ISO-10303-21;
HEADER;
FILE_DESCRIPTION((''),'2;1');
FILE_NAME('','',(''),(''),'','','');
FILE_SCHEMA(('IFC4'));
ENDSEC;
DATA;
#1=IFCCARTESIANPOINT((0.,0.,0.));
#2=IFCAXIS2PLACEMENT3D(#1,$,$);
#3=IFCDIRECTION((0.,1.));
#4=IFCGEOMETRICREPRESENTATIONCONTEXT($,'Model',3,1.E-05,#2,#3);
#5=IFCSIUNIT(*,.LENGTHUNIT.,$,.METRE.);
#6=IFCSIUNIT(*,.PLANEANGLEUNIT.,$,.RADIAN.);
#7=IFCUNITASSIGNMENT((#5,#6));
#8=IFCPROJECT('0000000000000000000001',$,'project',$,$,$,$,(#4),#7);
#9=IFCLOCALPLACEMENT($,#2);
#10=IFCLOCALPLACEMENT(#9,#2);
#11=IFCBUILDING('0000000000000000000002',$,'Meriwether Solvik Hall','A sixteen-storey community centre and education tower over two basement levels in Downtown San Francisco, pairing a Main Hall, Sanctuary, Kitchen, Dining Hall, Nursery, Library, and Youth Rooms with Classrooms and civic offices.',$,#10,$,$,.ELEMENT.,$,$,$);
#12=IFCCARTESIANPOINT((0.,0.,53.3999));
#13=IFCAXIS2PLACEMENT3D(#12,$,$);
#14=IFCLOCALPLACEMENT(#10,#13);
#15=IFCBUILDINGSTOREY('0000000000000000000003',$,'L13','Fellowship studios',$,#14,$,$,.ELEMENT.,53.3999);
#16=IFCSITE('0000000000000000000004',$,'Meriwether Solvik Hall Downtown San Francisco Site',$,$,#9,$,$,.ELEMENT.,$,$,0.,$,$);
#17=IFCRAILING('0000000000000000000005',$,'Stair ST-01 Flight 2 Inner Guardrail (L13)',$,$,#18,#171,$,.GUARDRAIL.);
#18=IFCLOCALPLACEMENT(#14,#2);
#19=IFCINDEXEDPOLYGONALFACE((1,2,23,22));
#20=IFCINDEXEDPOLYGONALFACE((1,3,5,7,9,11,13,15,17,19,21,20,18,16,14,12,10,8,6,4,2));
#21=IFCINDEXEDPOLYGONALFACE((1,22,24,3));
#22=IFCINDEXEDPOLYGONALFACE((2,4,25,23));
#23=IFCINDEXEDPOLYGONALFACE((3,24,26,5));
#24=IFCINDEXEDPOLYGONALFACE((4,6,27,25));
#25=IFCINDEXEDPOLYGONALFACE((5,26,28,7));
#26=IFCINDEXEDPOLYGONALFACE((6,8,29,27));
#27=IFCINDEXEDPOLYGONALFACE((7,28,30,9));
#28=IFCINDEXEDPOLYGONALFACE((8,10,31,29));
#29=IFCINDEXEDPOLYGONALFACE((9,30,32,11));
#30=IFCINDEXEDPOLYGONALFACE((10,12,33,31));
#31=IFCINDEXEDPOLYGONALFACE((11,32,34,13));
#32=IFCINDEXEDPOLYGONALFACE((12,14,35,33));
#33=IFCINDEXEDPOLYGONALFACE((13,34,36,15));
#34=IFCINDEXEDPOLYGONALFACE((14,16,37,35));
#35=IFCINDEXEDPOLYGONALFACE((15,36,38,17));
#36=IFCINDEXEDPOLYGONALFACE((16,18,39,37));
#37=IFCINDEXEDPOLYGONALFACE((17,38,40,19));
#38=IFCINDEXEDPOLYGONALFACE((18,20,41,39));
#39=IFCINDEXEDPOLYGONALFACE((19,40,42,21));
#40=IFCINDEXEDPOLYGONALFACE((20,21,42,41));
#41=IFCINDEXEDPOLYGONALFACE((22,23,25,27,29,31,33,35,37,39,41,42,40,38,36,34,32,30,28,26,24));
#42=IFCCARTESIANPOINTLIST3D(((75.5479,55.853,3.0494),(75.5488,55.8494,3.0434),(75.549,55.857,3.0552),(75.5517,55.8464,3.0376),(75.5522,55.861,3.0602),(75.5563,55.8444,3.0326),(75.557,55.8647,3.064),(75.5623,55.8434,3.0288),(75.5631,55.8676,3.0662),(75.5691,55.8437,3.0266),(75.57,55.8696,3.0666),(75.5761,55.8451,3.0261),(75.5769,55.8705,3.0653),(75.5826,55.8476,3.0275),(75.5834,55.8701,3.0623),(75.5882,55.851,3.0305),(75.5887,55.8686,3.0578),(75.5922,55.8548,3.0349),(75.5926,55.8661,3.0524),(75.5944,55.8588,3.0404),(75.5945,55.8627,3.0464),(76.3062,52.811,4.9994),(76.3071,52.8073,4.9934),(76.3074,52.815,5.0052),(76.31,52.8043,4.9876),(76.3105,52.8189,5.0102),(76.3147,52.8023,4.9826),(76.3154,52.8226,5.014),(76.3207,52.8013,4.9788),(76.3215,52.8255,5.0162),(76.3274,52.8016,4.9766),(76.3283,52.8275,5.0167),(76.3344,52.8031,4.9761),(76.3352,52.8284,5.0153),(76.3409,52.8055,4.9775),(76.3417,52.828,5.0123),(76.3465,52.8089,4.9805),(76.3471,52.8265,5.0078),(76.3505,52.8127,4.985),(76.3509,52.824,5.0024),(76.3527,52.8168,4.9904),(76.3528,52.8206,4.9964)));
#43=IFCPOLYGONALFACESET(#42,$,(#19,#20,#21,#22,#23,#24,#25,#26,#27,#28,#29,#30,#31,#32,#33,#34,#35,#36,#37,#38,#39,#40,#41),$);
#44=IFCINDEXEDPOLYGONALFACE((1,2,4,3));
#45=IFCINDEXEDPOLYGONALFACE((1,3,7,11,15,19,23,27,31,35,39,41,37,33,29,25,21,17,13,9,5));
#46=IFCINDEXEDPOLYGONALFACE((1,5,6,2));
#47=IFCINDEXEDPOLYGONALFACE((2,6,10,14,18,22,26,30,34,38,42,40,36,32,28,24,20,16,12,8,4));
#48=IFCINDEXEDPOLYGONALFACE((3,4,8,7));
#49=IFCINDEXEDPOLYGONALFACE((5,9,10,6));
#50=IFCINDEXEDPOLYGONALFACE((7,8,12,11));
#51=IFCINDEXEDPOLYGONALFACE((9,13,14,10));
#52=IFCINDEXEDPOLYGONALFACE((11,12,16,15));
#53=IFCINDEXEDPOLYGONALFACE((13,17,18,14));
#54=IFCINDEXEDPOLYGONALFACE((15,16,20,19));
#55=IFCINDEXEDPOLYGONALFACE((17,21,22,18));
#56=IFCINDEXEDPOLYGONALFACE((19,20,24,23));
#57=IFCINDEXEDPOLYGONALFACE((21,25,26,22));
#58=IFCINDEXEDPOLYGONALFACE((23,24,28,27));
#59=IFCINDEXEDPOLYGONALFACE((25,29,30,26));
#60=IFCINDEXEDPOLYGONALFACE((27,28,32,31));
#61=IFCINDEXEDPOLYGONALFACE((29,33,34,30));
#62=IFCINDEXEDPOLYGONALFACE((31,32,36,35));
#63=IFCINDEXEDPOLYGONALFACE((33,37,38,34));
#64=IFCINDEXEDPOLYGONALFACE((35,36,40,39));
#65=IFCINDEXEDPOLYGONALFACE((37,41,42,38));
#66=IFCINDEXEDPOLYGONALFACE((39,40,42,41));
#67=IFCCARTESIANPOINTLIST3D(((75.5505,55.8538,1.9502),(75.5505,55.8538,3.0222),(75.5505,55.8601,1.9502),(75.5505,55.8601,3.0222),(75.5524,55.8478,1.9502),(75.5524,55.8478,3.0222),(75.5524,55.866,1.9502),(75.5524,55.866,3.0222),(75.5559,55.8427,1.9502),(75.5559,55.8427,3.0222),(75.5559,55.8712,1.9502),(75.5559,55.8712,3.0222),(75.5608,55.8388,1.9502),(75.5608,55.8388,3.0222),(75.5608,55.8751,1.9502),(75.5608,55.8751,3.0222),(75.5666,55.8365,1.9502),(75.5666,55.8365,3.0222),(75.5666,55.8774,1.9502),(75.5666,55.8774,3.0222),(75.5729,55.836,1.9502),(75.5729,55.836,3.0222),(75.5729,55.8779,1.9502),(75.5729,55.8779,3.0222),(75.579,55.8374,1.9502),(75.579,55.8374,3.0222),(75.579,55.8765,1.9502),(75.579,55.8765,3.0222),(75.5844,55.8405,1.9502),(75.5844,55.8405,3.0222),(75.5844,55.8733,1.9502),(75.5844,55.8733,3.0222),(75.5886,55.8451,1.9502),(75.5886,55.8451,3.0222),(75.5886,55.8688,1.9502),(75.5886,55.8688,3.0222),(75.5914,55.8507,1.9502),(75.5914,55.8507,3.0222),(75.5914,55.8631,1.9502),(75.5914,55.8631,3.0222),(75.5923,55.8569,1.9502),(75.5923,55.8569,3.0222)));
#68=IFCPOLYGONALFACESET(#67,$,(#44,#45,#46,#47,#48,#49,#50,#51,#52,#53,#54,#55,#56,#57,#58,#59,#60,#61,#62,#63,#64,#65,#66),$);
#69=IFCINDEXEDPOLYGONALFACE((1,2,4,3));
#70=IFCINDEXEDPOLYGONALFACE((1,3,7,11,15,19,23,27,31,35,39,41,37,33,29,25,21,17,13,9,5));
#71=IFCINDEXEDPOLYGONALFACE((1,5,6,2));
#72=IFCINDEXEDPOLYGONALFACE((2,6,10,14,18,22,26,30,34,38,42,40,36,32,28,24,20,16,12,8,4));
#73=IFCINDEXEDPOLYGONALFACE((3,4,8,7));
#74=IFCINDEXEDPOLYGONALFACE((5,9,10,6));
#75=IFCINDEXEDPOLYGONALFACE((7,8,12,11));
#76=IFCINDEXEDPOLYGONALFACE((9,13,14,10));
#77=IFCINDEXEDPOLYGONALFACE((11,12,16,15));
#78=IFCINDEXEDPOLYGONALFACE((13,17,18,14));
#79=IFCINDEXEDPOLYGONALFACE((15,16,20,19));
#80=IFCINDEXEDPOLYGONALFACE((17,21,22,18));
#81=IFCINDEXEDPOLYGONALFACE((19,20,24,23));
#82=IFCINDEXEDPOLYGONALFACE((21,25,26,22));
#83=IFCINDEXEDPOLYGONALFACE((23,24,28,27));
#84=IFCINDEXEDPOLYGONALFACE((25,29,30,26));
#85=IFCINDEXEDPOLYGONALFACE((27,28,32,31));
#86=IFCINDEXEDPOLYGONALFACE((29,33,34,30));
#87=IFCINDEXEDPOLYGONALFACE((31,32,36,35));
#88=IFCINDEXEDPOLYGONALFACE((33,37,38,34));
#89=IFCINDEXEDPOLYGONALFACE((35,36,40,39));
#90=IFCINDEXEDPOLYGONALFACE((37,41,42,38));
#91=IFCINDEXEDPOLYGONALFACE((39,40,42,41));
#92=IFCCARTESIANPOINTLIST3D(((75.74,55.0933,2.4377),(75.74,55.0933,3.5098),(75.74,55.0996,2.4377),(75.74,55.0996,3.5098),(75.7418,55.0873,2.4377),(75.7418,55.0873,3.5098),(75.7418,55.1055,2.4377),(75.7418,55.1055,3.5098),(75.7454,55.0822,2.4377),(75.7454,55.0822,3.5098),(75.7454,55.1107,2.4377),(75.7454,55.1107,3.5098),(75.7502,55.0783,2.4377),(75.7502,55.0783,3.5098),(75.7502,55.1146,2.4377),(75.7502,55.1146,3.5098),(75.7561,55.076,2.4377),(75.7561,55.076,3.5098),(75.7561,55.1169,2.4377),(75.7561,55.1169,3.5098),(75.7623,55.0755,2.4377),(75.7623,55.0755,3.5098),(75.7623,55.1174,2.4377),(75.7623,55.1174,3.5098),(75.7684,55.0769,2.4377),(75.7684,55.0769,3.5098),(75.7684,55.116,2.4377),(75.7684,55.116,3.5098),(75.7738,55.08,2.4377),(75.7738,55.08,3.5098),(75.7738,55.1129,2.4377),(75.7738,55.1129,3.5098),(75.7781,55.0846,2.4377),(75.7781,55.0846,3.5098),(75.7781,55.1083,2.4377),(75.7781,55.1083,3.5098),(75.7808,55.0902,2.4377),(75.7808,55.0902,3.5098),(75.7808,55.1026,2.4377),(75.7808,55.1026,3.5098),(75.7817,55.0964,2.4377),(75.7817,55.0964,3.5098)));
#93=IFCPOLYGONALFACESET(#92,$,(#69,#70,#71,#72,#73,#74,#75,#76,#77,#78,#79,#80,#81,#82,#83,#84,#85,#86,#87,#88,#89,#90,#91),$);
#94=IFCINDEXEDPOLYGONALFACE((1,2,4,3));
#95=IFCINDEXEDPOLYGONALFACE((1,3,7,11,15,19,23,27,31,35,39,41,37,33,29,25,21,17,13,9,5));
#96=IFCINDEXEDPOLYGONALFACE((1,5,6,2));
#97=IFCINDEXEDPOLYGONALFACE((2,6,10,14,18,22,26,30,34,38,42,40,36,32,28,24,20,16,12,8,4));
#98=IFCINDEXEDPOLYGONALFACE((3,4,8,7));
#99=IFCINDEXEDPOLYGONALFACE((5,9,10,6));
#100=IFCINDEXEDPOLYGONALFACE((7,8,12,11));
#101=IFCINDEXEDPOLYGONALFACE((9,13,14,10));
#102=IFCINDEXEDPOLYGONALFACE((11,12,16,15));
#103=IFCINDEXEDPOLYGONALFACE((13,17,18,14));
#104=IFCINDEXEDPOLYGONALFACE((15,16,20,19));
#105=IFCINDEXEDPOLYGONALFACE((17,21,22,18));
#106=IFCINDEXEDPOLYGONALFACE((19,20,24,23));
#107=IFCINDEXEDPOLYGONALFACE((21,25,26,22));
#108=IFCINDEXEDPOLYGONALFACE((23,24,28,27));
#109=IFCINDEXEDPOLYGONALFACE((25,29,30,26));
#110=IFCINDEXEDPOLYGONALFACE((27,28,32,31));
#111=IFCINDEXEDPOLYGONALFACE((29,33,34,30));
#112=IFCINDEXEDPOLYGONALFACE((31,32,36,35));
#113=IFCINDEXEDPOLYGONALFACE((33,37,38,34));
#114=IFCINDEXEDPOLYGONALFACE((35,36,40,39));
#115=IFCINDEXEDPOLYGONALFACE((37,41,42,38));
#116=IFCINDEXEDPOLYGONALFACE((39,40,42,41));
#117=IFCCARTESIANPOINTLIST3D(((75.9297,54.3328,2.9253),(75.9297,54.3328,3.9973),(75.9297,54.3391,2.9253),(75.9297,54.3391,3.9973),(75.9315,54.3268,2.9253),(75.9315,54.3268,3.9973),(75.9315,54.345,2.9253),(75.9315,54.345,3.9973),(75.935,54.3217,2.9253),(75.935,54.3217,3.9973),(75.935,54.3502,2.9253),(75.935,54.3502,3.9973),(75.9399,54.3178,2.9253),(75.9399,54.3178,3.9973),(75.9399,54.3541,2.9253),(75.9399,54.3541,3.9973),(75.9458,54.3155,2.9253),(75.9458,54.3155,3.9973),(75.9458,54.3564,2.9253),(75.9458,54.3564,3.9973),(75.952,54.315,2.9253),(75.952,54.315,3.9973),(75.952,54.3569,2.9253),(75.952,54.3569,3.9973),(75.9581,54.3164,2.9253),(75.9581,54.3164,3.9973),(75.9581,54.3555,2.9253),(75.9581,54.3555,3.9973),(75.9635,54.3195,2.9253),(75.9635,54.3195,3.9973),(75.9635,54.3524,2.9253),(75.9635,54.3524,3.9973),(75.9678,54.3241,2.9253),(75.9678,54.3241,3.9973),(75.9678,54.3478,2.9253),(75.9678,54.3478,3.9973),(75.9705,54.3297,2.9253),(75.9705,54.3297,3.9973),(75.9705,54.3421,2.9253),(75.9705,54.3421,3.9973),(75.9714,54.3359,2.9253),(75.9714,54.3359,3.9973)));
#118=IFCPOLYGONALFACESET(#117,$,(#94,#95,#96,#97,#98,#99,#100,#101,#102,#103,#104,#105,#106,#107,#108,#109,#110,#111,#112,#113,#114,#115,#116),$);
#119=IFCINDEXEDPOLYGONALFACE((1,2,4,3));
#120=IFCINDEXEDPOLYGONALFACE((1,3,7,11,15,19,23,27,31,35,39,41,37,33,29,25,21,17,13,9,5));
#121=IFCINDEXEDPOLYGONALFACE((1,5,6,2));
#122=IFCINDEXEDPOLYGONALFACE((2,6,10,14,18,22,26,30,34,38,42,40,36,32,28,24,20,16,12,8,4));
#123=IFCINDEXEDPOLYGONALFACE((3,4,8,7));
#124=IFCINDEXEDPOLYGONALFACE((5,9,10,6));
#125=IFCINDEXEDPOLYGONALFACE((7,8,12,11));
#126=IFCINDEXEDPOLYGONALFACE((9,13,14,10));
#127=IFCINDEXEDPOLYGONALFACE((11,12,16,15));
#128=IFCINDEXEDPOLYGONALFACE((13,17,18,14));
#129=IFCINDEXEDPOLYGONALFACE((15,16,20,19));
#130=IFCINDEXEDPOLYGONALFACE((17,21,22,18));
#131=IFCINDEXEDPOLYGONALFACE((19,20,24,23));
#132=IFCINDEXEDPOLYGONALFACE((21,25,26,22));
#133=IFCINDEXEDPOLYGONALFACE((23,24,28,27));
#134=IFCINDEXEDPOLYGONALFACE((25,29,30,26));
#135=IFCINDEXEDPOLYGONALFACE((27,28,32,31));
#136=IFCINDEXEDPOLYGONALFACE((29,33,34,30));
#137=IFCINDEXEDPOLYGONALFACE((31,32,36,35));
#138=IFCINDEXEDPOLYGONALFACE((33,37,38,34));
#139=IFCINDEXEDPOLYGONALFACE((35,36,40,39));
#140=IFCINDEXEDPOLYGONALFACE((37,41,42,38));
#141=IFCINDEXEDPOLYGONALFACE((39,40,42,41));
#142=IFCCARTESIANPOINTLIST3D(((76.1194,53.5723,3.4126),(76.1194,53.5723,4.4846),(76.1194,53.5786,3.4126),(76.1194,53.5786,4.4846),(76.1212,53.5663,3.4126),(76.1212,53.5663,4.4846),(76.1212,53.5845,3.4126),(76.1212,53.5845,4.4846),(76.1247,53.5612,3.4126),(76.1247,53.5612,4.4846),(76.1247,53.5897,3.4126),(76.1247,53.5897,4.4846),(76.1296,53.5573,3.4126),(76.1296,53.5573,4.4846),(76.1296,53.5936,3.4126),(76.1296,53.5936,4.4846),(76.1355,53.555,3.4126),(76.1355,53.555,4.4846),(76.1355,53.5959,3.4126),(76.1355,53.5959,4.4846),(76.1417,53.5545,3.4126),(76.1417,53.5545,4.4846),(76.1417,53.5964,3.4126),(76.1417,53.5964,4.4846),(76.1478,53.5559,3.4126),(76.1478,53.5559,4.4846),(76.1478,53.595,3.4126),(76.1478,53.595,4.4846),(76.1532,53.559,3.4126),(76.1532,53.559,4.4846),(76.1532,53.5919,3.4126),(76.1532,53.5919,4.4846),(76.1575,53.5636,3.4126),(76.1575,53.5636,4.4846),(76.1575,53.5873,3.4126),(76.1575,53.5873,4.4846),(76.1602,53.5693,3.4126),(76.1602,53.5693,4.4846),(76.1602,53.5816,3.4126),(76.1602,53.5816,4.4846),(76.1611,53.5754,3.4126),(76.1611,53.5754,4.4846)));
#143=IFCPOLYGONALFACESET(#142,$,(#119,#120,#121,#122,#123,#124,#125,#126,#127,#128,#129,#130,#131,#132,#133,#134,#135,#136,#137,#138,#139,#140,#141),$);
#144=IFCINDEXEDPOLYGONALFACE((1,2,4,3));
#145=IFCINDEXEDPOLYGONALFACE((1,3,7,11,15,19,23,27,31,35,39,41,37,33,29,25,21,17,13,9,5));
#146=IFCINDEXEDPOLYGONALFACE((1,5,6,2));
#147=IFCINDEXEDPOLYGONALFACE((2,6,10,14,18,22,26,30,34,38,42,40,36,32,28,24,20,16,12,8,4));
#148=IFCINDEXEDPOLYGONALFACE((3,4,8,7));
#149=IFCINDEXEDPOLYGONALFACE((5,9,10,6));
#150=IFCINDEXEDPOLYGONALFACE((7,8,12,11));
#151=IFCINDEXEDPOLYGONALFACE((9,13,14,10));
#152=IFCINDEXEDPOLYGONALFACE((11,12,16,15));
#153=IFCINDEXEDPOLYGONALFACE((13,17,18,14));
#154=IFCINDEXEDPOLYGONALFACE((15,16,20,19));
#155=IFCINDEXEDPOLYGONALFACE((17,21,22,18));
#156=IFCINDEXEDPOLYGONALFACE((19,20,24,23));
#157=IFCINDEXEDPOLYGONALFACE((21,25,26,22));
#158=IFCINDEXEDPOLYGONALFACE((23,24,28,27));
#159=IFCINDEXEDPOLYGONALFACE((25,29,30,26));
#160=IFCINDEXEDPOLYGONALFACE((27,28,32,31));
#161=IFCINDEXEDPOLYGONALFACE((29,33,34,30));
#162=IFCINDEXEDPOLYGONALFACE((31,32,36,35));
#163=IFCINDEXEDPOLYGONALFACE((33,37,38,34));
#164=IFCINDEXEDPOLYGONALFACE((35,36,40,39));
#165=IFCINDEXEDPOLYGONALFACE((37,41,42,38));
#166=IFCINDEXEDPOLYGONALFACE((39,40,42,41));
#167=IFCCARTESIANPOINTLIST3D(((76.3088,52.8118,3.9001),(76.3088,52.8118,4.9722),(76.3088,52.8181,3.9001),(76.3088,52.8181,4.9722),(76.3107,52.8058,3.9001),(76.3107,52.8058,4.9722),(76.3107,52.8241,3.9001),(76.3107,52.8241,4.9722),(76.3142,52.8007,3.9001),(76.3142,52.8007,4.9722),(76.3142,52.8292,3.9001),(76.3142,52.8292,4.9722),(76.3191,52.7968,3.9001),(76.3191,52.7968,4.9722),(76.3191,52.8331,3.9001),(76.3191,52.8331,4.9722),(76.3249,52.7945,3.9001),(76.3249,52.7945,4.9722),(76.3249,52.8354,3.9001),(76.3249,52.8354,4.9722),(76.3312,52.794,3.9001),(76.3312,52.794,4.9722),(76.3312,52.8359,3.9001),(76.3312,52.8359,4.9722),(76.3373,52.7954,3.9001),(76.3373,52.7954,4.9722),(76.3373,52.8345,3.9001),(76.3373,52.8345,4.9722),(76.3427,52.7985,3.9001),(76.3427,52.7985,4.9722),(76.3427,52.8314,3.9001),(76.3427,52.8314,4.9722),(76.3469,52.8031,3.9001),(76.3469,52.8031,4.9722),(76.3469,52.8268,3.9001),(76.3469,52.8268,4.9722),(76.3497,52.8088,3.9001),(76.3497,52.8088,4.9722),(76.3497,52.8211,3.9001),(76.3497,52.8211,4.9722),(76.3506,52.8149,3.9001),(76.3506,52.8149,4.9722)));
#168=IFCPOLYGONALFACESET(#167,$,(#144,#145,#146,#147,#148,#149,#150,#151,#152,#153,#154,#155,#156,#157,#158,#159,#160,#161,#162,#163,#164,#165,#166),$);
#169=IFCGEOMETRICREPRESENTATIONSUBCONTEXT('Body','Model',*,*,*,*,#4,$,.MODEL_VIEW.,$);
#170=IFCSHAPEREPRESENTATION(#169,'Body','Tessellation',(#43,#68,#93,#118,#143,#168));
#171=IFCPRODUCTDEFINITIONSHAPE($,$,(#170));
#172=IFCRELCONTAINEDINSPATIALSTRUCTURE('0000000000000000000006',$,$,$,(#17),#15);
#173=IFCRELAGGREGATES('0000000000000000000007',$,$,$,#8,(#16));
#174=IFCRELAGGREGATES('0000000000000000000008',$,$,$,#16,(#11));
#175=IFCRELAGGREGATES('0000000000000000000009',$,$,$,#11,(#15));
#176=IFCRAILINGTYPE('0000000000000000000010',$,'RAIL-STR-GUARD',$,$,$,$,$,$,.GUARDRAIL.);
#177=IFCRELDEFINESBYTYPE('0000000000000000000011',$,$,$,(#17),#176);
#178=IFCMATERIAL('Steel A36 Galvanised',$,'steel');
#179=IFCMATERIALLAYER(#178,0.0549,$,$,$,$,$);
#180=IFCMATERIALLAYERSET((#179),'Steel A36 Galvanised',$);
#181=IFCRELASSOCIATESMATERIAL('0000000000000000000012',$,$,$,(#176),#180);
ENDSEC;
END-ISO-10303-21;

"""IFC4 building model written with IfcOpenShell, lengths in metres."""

from ifc_helpers import new_model, si_unit, direction, frame, origin, origin_2d, place, context, subcontext, project, spatial, circle, extrude, material, layer, layer_set, type_object, element, save


model = new_model("IFC4")

# Units and contexts
model_context = context("Model", 3, precision=1e-05, world=origin(), true_north=direction((0.0, 1.0)))
body_context = subcontext(model_context, "Body", "Model", "MODEL_VIEW")
ifc_project = project(units=[si_unit("LENGTHUNIT", "METRE"), si_unit("PLANEANGLEUNIT", "RADIAN")], contexts=[model_context])

# Site, building, storey
site_placement = place(None, origin())
site = spatial("IfcSite", under=ifc_project, at=site_placement, Name="Meriwether Solvik Hall Downtown San Francisco Site", CompositionType="ELEMENT", RefElevation=0.0)
building_placement = place(site_placement, origin())
building = spatial("IfcBuilding", under=site, at=building_placement, Name="Meriwether Solvik Hall", Description="A sixteen-storey community centre and education tower over two basement levels in Downtown San Francisco, pairing a Main Hall, Sanctuary, Kitchen, Dining Hall, Nursery, Library, and Youth Rooms with Classrooms and civic offices.", CompositionType="ELEMENT")
storey_placement = place(building_placement, frame((0.0, 0.0, 53.3999)))
storey = spatial("IfcBuildingStorey", under=building, at=storey_placement, Name="L13", Description="Fellowship studios", CompositionType="ELEMENT", Elevation=53.3999)

# Railing
ifc_material_1 = material(Name="Steel A36 Galvanised", Category="steel")
ifc_layer_1 = layer(ifc_material_1, 0.0549)
ifc_layer_set_1 = layer_set([ifc_layer_1], Name="Steel A36 Galvanised")
railing_type_1 = type_object("IfcRailingType", Name="RAIL-STR-GUARD", PredefinedType="GUARDRAIL", material=ifc_layer_set_1)
railing_1_placement = place(storey_placement, frame((75.5713, 55.8569, 1.9502)))
element("IfcRailing", 1, at=railing_1_placement, inside=storey, type_object=railing_type_1, Name="Stair ST-01 Flight 2 Inner Guardrail (L13)", PredefinedType="GUARDRAIL", context=body_context, shape_type="SweptSolid", body=[
    extrude(circle(Radius=0.0239, at=origin_2d()), frame((0.0, 0.0, 1.0962), z_axis=(0.205389, -0.823936, 0.528152), x_axis=(0.970307, 0.241876, 0.0)), (0.0, 0.0, 1.0), 3.6921),
    extrude(circle(Radius=0.021, at=origin_2d()), origin(), (0.0, 0.0, 1.0), 1.072),
    extrude(circle(Radius=0.021, at=origin_2d()), frame((0.1895, -0.7605, 0.4875)), (0.0, 0.0, 1.0), 1.072),
    extrude(circle(Radius=0.021, at=origin_2d()), frame((0.3792, -1.521, 0.9751)), (0.0, 0.0, 1.0), 1.072),
    extrude(circle(Radius=0.021, at=origin_2d()), frame((0.5688, -2.2815, 1.4624)), (0.0, 0.0, 1.0), 1.072),
    extrude(circle(Radius=0.021, at=origin_2d()), frame((0.7583, -3.042, 1.95)), (0.0, 0.0, 1.0), 1.072),
])

save(model, "model.ifc")
